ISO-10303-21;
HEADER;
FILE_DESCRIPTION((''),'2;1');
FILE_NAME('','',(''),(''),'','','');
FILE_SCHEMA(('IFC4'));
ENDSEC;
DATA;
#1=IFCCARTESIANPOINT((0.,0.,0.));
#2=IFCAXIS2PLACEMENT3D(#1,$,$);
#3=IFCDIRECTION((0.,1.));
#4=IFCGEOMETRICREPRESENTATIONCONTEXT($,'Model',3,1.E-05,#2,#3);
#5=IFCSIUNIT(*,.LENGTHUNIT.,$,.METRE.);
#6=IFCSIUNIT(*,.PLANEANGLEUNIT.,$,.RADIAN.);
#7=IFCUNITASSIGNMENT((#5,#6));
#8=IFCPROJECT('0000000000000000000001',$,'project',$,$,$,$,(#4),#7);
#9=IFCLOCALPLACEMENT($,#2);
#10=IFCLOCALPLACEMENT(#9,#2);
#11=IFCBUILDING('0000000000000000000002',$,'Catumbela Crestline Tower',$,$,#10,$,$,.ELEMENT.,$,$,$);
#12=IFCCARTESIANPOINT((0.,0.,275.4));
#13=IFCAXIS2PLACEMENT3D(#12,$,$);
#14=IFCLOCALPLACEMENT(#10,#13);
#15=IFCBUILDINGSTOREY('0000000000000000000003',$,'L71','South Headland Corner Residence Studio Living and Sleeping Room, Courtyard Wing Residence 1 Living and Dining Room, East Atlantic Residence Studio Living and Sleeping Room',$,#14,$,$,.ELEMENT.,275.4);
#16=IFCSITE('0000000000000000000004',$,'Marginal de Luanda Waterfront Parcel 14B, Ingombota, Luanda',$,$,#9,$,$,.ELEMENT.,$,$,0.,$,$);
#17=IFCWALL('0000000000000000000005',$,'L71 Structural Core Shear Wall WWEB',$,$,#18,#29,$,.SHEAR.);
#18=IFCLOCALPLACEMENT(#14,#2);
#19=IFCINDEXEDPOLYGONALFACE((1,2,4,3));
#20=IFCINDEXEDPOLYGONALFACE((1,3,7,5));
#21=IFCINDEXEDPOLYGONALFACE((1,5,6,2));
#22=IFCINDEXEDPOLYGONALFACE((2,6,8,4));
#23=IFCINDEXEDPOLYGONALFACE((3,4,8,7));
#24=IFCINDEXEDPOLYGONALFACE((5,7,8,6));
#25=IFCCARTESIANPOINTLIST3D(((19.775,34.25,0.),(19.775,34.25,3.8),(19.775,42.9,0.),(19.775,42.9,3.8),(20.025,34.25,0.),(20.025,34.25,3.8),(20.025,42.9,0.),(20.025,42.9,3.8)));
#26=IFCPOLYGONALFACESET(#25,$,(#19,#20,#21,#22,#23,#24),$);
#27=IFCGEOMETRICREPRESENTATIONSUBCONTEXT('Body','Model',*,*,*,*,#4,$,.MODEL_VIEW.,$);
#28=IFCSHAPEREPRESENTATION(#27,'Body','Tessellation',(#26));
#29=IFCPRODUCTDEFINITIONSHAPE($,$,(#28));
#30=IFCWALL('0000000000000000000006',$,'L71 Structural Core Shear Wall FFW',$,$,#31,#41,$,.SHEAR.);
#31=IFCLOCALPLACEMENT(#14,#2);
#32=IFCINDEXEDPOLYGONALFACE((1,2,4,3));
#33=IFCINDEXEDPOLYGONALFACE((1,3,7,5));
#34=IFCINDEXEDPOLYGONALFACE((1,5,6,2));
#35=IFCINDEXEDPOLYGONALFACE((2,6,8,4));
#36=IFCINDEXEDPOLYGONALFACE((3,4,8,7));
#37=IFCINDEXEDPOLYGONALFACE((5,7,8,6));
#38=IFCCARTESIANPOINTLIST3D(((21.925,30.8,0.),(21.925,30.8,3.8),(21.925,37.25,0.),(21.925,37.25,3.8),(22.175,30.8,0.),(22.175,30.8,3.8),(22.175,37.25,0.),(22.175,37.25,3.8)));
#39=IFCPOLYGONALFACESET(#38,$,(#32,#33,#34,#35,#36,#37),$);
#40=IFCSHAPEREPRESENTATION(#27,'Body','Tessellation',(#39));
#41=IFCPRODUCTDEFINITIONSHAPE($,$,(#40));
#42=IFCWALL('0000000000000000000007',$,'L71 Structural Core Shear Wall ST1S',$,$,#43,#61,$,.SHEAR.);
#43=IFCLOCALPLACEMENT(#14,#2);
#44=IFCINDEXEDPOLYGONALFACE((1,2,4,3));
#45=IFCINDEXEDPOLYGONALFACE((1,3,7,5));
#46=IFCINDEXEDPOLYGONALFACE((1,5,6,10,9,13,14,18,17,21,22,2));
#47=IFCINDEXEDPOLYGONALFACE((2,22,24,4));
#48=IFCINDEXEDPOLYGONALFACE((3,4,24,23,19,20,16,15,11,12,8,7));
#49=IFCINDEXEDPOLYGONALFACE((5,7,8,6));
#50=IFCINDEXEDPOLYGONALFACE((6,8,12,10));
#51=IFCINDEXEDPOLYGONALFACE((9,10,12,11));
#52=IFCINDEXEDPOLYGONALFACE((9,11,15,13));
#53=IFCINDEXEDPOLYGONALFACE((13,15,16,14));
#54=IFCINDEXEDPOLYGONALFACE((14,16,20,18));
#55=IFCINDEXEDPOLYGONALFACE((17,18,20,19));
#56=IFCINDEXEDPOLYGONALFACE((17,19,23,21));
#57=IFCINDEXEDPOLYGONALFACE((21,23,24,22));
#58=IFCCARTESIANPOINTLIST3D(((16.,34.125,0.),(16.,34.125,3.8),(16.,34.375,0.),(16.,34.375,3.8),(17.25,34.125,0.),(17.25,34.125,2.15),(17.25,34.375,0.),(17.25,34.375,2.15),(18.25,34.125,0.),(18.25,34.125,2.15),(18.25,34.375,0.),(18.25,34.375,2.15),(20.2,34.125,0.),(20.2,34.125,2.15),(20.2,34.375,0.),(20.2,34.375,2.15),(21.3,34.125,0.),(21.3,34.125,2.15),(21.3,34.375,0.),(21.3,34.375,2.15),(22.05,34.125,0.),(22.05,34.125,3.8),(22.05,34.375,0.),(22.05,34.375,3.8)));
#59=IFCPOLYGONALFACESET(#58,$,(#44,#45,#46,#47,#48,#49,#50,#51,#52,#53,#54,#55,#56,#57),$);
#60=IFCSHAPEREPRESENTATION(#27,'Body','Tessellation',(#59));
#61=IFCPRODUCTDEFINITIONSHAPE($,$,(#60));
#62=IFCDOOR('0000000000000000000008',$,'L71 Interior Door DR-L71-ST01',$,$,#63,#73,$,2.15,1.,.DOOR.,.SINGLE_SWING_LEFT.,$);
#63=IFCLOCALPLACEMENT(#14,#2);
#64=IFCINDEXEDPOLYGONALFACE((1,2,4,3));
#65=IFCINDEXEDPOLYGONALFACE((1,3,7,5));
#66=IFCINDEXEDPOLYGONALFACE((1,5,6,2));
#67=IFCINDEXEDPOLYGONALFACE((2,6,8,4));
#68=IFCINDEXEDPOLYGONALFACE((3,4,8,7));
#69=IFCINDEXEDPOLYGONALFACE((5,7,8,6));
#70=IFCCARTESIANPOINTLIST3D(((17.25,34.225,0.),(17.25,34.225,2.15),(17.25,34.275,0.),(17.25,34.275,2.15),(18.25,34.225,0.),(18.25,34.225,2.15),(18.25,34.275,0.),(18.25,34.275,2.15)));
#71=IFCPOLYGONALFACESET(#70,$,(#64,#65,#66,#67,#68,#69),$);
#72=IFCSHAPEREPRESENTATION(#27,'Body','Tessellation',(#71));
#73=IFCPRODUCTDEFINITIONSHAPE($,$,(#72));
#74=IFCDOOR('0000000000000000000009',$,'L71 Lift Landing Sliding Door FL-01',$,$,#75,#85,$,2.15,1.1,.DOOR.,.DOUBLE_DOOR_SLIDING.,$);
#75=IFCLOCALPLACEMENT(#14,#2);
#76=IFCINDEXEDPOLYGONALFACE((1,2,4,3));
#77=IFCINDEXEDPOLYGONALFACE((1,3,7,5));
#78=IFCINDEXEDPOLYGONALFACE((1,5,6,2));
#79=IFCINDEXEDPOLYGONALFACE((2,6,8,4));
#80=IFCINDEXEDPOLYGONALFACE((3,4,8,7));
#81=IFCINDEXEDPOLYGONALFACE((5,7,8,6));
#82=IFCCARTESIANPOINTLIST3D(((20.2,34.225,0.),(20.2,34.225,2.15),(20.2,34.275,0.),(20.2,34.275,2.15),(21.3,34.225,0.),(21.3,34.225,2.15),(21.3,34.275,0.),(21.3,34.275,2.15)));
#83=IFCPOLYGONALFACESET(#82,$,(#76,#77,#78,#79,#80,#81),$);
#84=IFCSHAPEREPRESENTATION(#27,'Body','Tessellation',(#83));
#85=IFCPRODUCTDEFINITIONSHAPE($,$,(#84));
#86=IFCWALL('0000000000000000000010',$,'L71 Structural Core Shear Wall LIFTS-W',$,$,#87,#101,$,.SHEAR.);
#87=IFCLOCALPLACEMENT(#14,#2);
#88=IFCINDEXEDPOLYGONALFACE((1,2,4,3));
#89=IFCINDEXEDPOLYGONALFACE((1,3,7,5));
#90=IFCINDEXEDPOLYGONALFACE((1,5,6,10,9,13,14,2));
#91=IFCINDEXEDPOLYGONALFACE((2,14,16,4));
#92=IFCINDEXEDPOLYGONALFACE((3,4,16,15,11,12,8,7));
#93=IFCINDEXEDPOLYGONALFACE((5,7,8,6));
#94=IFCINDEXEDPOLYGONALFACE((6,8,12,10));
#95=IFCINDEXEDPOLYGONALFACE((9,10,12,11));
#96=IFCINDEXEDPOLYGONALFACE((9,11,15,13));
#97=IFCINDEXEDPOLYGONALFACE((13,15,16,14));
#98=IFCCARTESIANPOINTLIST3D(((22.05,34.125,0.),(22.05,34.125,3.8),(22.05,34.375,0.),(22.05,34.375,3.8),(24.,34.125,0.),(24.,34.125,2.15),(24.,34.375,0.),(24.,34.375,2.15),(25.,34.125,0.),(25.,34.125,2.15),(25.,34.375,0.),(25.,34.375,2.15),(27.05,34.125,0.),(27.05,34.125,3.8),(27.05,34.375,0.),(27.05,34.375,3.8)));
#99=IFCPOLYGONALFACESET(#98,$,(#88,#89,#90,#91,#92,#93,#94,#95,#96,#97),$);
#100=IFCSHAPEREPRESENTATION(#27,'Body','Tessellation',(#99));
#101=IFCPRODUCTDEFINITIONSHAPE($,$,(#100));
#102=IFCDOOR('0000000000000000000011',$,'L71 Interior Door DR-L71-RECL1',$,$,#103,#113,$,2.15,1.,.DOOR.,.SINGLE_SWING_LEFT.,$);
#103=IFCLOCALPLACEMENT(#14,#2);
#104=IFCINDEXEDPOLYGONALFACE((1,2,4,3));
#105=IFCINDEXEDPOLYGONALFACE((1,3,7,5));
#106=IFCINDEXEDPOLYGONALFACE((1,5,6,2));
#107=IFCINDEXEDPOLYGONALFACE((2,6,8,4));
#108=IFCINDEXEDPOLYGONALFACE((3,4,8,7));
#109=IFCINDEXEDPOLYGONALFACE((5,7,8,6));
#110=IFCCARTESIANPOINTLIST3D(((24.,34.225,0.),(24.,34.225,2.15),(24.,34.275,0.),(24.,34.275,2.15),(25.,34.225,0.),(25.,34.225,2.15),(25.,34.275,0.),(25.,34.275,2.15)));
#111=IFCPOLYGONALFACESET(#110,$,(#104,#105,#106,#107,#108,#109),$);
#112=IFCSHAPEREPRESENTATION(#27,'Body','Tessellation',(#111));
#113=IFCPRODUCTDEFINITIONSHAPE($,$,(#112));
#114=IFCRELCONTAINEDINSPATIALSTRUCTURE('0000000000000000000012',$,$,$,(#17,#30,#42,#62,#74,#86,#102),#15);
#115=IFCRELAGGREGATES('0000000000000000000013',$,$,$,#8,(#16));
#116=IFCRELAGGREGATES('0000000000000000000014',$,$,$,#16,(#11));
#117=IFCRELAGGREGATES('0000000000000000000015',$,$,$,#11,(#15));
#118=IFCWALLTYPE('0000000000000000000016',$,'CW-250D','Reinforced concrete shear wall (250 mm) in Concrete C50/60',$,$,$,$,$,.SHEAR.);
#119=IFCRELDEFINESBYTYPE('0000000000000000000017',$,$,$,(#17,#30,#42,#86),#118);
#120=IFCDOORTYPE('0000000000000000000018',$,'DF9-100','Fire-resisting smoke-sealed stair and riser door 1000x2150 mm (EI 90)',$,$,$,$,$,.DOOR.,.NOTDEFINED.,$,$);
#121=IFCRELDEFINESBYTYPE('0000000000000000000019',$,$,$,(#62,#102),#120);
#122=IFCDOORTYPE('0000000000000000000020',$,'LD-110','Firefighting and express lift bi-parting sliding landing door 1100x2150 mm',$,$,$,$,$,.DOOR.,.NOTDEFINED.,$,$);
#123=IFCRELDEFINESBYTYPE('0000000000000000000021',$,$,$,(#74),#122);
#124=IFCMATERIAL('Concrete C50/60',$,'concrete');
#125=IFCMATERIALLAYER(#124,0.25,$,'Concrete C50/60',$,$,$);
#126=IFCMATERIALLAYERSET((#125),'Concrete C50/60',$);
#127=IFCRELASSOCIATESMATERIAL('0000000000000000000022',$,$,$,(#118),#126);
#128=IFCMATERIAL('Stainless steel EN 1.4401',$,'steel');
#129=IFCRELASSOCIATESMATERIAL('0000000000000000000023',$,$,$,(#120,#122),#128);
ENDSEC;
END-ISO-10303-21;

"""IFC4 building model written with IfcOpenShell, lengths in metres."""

from ifc_helpers import new_model, si_unit, direction, frame, frame_2d, origin, place, context, subcontext, project, spatial, rectangle, extrude, material, layer, layer_set, type_object, element, fill, save


model = new_model("IFC4")

# Units and contexts
model_context = context("Model", 3, precision=1e-05, world=origin(), true_north=direction((0.0, 1.0)))
body_context = subcontext(model_context, "Body", "Model", "MODEL_VIEW")
ifc_project = project(units=[si_unit("LENGTHUNIT", "METRE"), si_unit("PLANEANGLEUNIT", "RADIAN")], contexts=[model_context])

# Site, building, storey
site_placement = place(None, origin())
site = spatial("IfcSite", under=ifc_project, at=site_placement, Name="Marginal de Luanda Waterfront Parcel 14B, Ingombota, Luanda", CompositionType="ELEMENT", RefElevation=0.0)
building_placement = place(site_placement, origin())
building = spatial("IfcBuilding", under=site, at=building_placement, Name="Catumbela Crestline Tower", CompositionType="ELEMENT")
storey_placement = place(building_placement, frame((0.0, 0.0, 275.4)))
storey = spatial("IfcBuildingStorey", under=building, at=storey_placement, Name="L71", Description="South Headland Corner Residence Studio Living and Sleeping Room, Courtyard Wing Residence 1 Living and Dining Room, East Atlantic Residence Studio Living and Sleeping Room", CompositionType="ELEMENT", Elevation=275.4)

# Walls
ifc_material_1 = material(Name="Concrete C50/60", Category="concrete")
ifc_layer = layer(ifc_material_1, 0.25, Name="Concrete C50/60")
ifc_layer_set = layer_set([ifc_layer], Name="Concrete C50/60")
wall_type = type_object("IfcWallType", Name="CW-250D", Description="Reinforced concrete shear wall (250 mm) in Concrete C50/60", PredefinedType="SHEAR", material=ifc_layer_set)
wall_1_placement = place(storey_placement, frame((19.9, 34.25, 0.0), z_axis=(0.0, 0.0, 1.0), x_axis=(0.0, 1.0, 0.0)))
element("IfcWall", 1, at=wall_1_placement, inside=storey, type_object=wall_type, Name="L71 Structural Core Shear Wall WWEB", PredefinedType="SHEAR", context=body_context, shape_type="SweptSolid", body=[
    extrude(rectangle(XDim=8.65, YDim=0.25, at=frame_2d((4.325, 0.0))), origin(), (0.0, 0.0, 1.0), 3.8),
])
wall_2_placement = place(storey_placement, frame((22.05, 30.8, 0.0), z_axis=(0.0, 0.0, 1.0), x_axis=(0.0, 1.0, 0.0)))
element("IfcWall", 2, at=wall_2_placement, inside=storey, type_object=wall_type, Name="L71 Structural Core Shear Wall FFW", PredefinedType="SHEAR", context=body_context, shape_type="SweptSolid", body=[
    extrude(rectangle(XDim=6.45, YDim=0.25, at=frame_2d((3.225, 0.0))), origin(), (0.0, 0.0, 1.0), 3.8),
])

# Wall, openings, doors
wall_3_placement = place(storey_placement, frame((16.0, 34.25, 0.0), z_axis=(0.0, 0.0, 1.0), x_axis=(1.0, 0.0, 0.0)))
wall_3 = element("IfcWall", 3, at=wall_3_placement, inside=storey, type_object=wall_type, Name="L71 Structural Core Shear Wall ST1S", PredefinedType="SHEAR", context=body_context, shape_type="SweptSolid", body=[
    extrude(rectangle(XDim=6.05, YDim=0.25, at=frame_2d((3.025, 0.0))), origin(), (0.0, 0.0, 1.0), 3.8),
])
opening_1_placement = place(wall_3_placement, frame((1.25, 0.0, 0.0)))
opening_1 = element("IfcOpeningElement", 4, at=opening_1_placement, cuts=wall_3, PredefinedType="OPENING", context=body_context, shape_type="SweptSolid", body=[
    extrude(rectangle(XDim=1.0, YDim=2.15, at=frame_2d((0.5, 1.075))), frame((0.0, 0.135, 0.0), z_axis=(0.0, -1.0, 0.0), x_axis=(1.0, 0.0, 0.0)), (0.0, 0.0, 1.0), 0.27),
])
opening_2_placement = place(wall_3_placement, frame((4.2, 0.0, 0.0)))
opening_2 = element("IfcOpeningElement", 5, at=opening_2_placement, cuts=wall_3, PredefinedType="OPENING", context=body_context, shape_type="SweptSolid", body=[
    extrude(rectangle(XDim=1.1, YDim=2.15, at=frame_2d((0.55, 1.075))), frame((0.0, 0.135, 0.0), z_axis=(0.0, -1.0, 0.0), x_axis=(1.0, 0.0, 0.0)), (0.0, 0.0, 1.0), 0.27),
])
ifc_material_2 = material(Name="Stainless steel EN 1.4401", Category="steel")
door_type_1 = type_object("IfcDoorType", Name="DF9-100", Description="Fire-resisting smoke-sealed stair and riser door 1000x2150 mm (EI 90)", OperationType="NOTDEFINED", PredefinedType="DOOR", material=ifc_material_2)
door_1_placement = place(opening_1_placement, origin())
door_1 = element("IfcDoor", 6, at=door_1_placement, inside=storey, type_object=door_type_1, Name="L71 Interior Door DR-L71-ST01", OperationType="SINGLE_SWING_LEFT", OverallHeight=2.15, OverallWidth=1.0, PredefinedType="DOOR", context=body_context, shape_type="SweptSolid", body=[
    extrude(rectangle(XDim=1.0, YDim=2.15, at=frame_2d((0.5, 1.075))), frame((0.0, 0.025, 0.0), z_axis=(0.0, -1.0, 0.0), x_axis=(1.0, 0.0, 0.0)), (0.0, 0.0, 1.0), 0.05),
])
fill(opening_1, door_1)
door_type_2 = type_object("IfcDoorType", Name="LD-110", Description="Firefighting and express lift bi-parting sliding landing door 1100x2150 mm", OperationType="NOTDEFINED", PredefinedType="DOOR", material=ifc_material_2)
door_2_placement = place(opening_2_placement, origin())
door_2 = element("IfcDoor", 7, at=door_2_placement, inside=storey, type_object=door_type_2, Name="L71 Lift Landing Sliding Door FL-01", OperationType="DOUBLE_DOOR_SLIDING", OverallHeight=2.15, OverallWidth=1.1, PredefinedType="DOOR", context=body_context, shape_type="SweptSolid", body=[
    extrude(rectangle(XDim=1.1, YDim=2.15, at=frame_2d((0.55, 1.075))), frame((0.0, 0.025, 0.0), z_axis=(0.0, -1.0, 0.0), x_axis=(1.0, 0.0, 0.0)), (0.0, 0.0, 1.0), 0.05),
])
fill(opening_2, door_2)

# Wall, opening, door
wall_4_placement = place(storey_placement, frame((22.05, 34.25, 0.0), z_axis=(0.0, 0.0, 1.0), x_axis=(1.0, 0.0, 0.0)))
wall_4 = element("IfcWall", 8, at=wall_4_placement, inside=storey, type_object=wall_type, Name="L71 Structural Core Shear Wall LIFTS-W", PredefinedType="SHEAR", context=body_context, shape_type="SweptSolid", body=[
    extrude(rectangle(XDim=5.0, YDim=0.25, at=frame_2d((2.5, 0.0))), origin(), (0.0, 0.0, 1.0), 3.8),
])
opening_3_placement = place(wall_4_placement, frame((1.95, 0.0, 0.0)))
opening_3 = element("IfcOpeningElement", 9, at=opening_3_placement, cuts=wall_4, PredefinedType="OPENING", context=body_context, shape_type="SweptSolid", body=[
    extrude(rectangle(XDim=1.0, YDim=2.15, at=frame_2d((0.5, 1.075))), frame((0.0, 0.135, 0.0), z_axis=(0.0, -1.0, 0.0), x_axis=(1.0, 0.0, 0.0)), (0.0, 0.0, 1.0), 0.27),
])
door_3_placement = place(opening_3_placement, origin())
door_3 = element("IfcDoor", 10, at=door_3_placement, inside=storey, type_object=door_type_1, Name="L71 Interior Door DR-L71-RECL1", OperationType="SINGLE_SWING_LEFT", OverallHeight=2.15, OverallWidth=1.0, PredefinedType="DOOR", context=body_context, shape_type="SweptSolid", body=[
    extrude(rectangle(XDim=1.0, YDim=2.15, at=frame_2d((0.5, 1.075))), frame((0.0, 0.025, 0.0), z_axis=(0.0, -1.0, 0.0), x_axis=(1.0, 0.0, 0.0)), (0.0, 0.0, 1.0), 0.05),
])
fill(opening_3, door_3)

save(model, "model.ifc")
